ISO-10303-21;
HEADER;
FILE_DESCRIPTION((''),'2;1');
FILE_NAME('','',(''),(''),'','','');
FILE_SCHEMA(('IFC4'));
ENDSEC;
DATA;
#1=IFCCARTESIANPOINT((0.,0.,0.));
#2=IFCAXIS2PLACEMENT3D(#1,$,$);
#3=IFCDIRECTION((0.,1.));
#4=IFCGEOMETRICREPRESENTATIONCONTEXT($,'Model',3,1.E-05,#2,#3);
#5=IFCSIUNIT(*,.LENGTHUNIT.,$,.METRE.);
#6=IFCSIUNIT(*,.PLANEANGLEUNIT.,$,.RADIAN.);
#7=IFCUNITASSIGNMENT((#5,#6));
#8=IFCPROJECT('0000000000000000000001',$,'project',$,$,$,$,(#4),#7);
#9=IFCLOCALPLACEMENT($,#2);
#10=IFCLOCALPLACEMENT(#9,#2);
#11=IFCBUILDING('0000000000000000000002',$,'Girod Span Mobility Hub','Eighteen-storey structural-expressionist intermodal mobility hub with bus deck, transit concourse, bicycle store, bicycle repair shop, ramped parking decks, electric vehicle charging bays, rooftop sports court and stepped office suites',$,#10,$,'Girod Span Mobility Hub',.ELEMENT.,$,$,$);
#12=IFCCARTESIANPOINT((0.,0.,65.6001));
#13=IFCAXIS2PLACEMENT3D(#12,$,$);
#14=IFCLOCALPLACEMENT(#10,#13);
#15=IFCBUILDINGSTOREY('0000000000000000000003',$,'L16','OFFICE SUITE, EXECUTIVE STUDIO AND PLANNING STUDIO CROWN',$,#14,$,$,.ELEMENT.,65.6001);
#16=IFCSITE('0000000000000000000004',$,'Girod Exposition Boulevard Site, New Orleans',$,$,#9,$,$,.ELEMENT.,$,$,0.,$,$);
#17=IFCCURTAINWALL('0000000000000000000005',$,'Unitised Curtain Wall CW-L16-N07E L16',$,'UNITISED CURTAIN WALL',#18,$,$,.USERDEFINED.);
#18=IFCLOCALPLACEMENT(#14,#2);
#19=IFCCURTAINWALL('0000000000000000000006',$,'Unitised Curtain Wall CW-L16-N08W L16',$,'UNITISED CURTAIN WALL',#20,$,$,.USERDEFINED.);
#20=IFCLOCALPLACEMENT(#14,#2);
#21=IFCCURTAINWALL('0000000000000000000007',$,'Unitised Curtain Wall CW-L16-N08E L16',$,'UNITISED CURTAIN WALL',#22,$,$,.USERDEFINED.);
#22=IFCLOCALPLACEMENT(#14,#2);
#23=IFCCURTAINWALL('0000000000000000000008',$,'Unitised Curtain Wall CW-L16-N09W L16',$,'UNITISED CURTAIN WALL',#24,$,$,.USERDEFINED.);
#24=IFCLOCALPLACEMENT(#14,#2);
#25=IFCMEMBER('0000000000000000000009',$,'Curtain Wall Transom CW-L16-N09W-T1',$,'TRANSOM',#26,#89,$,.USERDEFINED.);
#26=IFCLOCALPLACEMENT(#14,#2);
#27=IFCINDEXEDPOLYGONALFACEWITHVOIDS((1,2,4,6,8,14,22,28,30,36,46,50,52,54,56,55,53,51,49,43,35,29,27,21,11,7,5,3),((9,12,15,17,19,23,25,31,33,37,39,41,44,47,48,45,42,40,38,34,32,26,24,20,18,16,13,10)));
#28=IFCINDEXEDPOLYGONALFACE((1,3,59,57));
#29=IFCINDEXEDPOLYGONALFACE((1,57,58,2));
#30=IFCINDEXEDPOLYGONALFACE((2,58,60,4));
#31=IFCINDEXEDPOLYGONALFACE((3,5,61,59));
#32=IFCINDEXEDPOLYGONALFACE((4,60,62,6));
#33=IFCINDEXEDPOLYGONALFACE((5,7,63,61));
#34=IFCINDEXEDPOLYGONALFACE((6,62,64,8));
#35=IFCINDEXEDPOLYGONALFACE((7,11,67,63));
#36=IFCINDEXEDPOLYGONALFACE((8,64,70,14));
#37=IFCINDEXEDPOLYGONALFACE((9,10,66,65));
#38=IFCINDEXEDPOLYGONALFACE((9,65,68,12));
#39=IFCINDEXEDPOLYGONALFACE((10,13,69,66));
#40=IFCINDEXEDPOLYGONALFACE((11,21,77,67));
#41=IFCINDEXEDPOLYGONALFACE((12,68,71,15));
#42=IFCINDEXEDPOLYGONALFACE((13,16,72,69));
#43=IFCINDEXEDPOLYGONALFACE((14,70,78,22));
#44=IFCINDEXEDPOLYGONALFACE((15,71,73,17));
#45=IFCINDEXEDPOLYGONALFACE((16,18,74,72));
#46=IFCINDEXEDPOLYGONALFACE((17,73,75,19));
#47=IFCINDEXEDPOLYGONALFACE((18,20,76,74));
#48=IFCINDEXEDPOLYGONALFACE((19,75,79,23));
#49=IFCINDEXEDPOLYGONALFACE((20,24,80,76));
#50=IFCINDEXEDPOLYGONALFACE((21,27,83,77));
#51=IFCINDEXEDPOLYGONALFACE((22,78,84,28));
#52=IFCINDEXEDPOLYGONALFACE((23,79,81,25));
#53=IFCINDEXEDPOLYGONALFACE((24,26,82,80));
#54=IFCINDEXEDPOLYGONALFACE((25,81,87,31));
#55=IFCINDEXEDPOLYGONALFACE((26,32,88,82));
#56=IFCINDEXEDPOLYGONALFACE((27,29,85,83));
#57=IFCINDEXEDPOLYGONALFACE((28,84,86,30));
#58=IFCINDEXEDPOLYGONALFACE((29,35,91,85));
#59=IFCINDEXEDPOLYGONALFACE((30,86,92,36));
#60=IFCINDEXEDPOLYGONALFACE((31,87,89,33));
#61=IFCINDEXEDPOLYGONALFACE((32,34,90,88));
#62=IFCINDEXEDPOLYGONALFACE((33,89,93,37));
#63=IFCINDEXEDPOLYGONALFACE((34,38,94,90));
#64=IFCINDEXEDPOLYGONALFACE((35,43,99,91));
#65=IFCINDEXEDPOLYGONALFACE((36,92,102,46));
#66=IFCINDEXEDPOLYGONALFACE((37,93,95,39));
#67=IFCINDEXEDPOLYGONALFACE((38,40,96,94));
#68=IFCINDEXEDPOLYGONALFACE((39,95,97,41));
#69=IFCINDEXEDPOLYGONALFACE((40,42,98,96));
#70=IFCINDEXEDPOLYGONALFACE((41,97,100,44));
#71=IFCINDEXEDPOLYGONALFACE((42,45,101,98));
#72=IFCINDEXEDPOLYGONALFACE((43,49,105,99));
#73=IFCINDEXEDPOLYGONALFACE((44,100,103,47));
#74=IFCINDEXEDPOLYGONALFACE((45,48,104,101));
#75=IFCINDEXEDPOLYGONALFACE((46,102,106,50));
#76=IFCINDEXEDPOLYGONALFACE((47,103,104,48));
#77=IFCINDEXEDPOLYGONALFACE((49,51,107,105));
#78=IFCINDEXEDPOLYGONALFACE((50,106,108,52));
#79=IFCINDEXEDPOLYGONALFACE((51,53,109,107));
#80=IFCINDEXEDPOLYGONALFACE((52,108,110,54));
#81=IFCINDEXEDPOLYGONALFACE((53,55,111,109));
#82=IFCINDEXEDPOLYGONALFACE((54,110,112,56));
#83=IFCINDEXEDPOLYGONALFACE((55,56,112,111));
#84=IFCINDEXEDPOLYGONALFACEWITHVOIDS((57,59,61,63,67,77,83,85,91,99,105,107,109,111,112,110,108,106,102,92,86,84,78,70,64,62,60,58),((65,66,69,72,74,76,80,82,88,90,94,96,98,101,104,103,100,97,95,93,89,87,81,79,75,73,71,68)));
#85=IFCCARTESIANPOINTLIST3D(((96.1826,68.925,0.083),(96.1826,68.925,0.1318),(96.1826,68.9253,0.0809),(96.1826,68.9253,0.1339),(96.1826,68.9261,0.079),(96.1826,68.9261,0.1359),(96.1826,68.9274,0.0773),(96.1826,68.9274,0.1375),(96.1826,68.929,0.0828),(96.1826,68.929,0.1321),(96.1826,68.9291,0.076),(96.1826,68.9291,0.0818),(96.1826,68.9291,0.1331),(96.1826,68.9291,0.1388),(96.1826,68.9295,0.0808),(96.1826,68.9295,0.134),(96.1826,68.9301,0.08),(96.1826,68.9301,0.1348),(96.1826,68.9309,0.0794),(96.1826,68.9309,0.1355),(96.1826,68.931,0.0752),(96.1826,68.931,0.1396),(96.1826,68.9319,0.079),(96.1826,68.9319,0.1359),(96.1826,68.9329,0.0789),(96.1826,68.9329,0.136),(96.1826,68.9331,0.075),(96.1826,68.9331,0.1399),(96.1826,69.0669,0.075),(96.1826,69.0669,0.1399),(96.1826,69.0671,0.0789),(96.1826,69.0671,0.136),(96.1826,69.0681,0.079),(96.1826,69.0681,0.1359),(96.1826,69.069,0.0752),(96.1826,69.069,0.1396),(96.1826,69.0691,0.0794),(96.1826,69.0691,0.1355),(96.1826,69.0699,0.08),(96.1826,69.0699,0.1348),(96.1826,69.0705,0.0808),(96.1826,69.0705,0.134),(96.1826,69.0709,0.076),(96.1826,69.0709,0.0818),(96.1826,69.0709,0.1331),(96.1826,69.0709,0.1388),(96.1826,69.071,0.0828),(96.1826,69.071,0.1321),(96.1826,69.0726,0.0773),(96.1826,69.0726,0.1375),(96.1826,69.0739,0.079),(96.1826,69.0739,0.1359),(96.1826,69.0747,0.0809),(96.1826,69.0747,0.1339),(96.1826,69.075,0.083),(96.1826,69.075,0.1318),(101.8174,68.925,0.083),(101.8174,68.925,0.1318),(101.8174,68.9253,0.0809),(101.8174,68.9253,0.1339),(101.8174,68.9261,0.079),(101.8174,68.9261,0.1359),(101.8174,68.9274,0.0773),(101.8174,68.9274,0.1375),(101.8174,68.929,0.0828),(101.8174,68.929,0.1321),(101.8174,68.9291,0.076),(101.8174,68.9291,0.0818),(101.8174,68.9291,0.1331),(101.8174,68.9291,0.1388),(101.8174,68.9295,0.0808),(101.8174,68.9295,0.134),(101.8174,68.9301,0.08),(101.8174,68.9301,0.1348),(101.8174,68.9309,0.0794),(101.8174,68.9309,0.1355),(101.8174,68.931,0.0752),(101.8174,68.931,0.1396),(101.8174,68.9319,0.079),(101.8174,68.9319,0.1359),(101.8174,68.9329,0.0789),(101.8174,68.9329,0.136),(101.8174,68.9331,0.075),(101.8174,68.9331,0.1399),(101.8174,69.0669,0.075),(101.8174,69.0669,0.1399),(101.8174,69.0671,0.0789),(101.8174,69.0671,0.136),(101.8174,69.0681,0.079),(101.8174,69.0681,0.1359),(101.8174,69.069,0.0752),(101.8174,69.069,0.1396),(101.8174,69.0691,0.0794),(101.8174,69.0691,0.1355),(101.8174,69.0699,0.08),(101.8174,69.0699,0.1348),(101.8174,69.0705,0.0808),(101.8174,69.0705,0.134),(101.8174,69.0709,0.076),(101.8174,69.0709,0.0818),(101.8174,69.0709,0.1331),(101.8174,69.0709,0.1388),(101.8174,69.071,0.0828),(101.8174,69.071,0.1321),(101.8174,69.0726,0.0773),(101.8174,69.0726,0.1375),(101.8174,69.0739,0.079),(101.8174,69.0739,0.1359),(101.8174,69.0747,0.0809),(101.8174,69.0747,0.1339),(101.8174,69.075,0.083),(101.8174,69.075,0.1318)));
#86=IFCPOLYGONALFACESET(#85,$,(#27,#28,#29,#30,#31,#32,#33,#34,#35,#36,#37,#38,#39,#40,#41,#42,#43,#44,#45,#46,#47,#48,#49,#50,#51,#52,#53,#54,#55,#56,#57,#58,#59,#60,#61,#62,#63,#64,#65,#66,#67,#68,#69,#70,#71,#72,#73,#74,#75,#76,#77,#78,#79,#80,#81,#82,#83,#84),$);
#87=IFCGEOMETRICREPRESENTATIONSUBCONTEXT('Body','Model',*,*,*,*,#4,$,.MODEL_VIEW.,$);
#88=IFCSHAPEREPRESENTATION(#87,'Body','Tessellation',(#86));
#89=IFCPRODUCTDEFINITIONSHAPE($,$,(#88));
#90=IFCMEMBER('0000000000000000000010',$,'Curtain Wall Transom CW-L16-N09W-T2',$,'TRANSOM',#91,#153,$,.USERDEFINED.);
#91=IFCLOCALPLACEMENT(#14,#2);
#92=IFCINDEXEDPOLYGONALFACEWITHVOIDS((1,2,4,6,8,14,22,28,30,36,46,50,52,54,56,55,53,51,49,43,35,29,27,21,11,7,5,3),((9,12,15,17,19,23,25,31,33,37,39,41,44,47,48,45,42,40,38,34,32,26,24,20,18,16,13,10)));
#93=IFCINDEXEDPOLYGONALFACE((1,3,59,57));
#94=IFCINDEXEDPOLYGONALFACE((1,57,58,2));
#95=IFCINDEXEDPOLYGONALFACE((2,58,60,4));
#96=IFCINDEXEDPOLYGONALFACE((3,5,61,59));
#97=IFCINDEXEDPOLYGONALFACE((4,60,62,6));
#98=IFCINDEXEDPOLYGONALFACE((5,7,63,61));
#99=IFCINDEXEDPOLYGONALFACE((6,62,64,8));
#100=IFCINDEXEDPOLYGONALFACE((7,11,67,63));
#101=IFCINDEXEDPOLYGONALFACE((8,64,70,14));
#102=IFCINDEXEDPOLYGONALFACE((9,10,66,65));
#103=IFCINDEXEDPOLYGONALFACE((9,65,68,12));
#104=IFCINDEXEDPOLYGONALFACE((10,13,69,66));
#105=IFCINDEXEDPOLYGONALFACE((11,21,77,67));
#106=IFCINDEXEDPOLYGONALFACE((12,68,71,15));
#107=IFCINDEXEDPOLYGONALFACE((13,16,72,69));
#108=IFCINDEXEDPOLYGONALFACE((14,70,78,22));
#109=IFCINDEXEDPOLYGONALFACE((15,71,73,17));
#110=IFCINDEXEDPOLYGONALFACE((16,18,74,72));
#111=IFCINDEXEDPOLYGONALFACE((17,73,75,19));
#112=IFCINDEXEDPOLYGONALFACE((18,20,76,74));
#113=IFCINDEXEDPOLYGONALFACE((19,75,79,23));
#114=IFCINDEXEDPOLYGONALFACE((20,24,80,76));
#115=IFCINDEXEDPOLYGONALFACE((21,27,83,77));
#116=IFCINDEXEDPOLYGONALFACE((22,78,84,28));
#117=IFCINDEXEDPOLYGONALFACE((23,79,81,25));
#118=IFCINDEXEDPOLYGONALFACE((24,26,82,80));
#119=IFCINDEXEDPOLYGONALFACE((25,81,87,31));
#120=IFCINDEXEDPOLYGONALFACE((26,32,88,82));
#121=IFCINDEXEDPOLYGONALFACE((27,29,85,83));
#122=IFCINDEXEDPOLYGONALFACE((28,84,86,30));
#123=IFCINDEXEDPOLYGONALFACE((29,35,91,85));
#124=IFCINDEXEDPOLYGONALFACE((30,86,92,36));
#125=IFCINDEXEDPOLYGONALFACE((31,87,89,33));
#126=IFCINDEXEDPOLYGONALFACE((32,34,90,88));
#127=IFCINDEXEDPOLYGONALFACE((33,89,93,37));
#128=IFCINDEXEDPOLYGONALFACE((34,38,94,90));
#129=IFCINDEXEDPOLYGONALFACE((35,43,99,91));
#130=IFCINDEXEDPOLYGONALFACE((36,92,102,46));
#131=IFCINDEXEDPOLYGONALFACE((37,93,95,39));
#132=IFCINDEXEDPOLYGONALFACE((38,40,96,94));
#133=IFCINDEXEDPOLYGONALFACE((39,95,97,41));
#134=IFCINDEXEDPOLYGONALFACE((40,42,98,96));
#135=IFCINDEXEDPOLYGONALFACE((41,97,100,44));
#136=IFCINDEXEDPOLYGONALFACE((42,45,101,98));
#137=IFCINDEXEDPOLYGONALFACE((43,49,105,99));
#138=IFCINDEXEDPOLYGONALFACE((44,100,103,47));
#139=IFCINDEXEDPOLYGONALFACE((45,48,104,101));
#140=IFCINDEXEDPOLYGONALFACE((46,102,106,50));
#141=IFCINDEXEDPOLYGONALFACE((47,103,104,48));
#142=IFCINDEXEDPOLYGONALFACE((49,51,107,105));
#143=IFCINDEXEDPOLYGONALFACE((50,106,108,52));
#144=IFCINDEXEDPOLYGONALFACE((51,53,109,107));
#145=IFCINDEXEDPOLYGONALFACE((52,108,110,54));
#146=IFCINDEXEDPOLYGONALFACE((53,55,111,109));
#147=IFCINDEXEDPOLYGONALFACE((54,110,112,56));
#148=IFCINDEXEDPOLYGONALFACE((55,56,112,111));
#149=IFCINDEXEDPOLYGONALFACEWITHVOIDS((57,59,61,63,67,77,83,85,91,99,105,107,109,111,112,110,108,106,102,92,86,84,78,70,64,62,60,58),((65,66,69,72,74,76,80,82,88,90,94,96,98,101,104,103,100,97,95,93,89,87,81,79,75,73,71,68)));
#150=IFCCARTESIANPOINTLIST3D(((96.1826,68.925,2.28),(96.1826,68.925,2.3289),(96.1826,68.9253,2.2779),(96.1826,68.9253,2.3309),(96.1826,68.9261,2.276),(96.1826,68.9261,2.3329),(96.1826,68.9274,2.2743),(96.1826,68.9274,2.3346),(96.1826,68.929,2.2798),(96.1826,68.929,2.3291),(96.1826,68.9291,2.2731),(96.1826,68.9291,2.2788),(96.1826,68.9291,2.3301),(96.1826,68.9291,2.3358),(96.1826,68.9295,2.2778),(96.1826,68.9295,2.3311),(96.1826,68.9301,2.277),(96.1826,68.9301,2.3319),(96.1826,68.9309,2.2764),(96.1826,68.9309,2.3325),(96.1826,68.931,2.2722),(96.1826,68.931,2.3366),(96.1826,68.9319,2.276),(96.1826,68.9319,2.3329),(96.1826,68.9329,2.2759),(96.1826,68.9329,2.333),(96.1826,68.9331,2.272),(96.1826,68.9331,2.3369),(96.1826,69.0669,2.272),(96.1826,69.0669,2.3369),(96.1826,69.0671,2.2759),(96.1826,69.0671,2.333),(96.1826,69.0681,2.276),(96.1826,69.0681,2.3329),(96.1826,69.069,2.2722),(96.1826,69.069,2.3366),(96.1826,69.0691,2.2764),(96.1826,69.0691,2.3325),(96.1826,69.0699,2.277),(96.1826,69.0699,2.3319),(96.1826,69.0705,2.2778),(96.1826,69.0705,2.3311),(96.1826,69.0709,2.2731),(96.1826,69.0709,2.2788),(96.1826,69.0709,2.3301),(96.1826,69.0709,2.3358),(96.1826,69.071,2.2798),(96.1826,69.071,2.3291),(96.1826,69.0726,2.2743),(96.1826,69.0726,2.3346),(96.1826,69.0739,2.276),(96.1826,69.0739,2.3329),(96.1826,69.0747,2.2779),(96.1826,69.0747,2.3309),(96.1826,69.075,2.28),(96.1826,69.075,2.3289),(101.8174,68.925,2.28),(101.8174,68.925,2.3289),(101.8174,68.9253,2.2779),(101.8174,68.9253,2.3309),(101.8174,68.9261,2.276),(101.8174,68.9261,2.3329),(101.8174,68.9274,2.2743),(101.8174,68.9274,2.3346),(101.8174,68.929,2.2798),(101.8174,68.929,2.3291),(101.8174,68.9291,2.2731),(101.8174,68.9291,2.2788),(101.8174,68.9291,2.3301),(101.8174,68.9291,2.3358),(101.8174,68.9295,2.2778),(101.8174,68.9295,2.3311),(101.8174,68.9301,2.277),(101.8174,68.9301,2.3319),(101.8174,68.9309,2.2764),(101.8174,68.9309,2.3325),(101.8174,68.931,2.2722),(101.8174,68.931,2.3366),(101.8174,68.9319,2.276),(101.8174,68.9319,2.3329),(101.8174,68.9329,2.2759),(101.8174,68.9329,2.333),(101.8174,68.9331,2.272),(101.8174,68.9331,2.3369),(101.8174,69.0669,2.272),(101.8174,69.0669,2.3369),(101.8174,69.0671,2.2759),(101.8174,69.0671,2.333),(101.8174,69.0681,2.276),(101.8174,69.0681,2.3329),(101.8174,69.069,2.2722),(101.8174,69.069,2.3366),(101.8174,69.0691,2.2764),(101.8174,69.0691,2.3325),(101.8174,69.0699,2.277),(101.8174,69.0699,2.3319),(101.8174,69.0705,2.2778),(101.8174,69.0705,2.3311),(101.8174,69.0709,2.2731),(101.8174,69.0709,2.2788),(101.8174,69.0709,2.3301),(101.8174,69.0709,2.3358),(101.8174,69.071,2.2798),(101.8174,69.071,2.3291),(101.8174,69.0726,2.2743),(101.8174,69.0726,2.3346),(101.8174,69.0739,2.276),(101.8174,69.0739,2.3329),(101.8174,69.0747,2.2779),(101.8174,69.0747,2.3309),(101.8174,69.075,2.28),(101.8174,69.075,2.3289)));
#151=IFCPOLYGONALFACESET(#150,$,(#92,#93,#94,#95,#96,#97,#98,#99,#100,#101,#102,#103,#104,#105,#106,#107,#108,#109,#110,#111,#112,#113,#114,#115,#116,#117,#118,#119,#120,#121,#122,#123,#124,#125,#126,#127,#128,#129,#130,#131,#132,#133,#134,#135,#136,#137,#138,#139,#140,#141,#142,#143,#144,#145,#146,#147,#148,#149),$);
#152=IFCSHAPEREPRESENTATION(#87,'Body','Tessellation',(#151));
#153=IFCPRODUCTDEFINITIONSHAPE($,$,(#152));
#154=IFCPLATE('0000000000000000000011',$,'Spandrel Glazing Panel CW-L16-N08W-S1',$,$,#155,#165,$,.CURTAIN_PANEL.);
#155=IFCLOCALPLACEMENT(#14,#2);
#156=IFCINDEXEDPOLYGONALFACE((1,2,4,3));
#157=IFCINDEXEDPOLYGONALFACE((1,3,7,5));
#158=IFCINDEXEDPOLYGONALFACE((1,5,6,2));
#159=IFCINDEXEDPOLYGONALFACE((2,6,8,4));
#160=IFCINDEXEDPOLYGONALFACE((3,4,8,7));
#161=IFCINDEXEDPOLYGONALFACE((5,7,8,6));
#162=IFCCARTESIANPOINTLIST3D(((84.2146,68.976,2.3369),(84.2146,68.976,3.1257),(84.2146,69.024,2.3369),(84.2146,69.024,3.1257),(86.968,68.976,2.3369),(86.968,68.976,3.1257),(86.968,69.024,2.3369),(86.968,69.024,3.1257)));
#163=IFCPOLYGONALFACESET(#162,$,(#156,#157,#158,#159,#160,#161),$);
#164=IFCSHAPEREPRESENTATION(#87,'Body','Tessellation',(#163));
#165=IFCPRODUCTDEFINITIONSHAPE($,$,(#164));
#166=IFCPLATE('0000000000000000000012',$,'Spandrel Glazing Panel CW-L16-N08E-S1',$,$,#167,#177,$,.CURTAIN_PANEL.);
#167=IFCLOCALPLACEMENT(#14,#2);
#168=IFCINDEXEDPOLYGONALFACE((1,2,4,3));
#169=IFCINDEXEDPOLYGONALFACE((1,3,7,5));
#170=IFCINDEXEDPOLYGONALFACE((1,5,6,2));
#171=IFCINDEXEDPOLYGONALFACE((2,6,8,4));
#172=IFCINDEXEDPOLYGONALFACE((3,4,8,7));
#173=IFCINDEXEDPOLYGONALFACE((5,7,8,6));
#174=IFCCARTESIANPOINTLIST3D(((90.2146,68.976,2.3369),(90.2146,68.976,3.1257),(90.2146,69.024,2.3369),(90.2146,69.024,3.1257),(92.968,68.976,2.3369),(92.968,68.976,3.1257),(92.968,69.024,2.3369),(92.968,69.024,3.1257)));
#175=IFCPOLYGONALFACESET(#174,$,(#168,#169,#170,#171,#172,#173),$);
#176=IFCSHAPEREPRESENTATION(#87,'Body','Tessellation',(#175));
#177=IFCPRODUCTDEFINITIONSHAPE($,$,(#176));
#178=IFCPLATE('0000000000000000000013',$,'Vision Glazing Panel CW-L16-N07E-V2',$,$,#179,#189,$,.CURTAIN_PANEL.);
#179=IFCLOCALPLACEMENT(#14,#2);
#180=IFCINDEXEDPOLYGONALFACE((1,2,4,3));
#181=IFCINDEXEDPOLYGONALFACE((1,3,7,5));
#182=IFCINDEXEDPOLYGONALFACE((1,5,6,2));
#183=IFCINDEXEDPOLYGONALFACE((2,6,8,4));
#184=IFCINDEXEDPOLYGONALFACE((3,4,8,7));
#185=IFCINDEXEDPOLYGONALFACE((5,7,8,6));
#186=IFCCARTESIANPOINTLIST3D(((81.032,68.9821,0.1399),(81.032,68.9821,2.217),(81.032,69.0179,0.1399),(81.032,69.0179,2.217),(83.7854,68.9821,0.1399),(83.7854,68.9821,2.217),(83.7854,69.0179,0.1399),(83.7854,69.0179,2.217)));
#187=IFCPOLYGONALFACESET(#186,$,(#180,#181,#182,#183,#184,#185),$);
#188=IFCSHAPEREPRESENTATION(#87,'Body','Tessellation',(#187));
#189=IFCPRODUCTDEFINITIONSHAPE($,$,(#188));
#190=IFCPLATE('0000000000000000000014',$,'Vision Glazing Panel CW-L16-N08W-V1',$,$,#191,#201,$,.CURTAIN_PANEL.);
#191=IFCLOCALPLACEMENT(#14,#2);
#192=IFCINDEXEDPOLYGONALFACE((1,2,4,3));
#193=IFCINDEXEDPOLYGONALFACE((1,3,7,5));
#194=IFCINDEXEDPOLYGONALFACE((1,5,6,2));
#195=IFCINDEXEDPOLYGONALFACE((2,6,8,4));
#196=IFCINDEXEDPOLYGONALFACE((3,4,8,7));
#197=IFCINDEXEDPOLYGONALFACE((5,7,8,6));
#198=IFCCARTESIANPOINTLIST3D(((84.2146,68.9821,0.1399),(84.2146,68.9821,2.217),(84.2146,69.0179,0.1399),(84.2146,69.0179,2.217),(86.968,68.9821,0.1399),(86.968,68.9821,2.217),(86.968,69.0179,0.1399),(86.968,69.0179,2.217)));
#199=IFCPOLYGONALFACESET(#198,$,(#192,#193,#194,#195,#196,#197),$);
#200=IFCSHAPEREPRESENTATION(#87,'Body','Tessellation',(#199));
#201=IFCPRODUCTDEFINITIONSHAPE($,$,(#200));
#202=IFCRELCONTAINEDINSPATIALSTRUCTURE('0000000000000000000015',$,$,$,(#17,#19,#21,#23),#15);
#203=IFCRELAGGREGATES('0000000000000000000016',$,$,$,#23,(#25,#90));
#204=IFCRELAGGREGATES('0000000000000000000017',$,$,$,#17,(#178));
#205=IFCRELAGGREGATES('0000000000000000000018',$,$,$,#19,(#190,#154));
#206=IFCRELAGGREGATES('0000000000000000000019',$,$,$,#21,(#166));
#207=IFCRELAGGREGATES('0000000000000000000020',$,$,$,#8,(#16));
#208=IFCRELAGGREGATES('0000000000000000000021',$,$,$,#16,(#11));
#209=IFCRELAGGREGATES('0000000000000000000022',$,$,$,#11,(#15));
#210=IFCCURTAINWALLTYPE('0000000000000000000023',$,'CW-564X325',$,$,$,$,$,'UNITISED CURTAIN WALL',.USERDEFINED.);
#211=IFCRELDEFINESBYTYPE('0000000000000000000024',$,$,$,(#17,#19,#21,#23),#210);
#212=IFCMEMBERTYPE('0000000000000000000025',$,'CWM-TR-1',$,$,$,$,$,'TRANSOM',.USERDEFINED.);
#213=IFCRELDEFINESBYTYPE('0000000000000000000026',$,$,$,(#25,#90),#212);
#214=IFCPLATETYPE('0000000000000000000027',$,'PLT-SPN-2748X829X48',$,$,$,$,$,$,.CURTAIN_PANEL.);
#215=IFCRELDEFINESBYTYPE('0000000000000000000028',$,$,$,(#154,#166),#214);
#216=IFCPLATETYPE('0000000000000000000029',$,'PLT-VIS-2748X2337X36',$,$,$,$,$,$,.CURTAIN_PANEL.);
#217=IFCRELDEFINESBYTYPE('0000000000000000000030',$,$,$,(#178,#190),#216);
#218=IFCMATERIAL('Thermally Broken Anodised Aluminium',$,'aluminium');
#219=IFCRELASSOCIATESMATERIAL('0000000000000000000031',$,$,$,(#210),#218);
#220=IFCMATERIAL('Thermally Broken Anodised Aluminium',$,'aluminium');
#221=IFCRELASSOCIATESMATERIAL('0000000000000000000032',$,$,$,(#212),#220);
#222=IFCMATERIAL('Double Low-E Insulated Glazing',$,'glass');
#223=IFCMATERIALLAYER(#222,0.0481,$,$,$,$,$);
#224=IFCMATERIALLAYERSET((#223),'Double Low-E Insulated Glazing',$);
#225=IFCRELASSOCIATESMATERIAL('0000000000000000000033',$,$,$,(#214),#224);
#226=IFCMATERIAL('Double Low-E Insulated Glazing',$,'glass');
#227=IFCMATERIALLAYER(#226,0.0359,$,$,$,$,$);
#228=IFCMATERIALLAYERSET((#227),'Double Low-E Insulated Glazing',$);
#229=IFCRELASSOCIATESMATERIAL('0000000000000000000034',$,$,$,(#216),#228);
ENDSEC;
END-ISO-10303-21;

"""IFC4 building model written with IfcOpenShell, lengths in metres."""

from ifc_helpers import new_model, si_unit, direction, frame, origin, origin_2d, place, context, subcontext, project, spatial, rectangle, hollow_rectangle, extrude, material, layer, layer_set, material_profile, profile_set, type_object, element, aggregate, save


model = new_model("IFC4")

# Units and contexts
model_context = context("Model", 3, precision=1e-05, world=origin(), true_north=direction((0.0, 1.0)))
body_context = subcontext(model_context, "Body", "Model", "MODEL_VIEW")
ifc_project = project(units=[si_unit("LENGTHUNIT", "METRE"), si_unit("PLANEANGLEUNIT", "RADIAN")], contexts=[model_context])

# Site, building, storey
site_placement = place(None, origin())
site = spatial("IfcSite", under=ifc_project, at=site_placement, Name="Girod Exposition Boulevard Site, New Orleans", CompositionType="ELEMENT", RefElevation=0.0)
building_placement = place(site_placement, origin())
building = spatial("IfcBuilding", under=site, at=building_placement, Name="Girod Span Mobility Hub", Description="Eighteen-storey structural-expressionist intermodal mobility hub with bus deck, transit concourse, bicycle store, bicycle repair shop, ramped parking decks, electric vehicle charging bays, rooftop sports court and stepped office suites", LongName="Girod Span Mobility Hub", CompositionType="ELEMENT")
storey_placement = place(building_placement, frame((0.0, 0.0, 65.6001)))
storey = spatial("IfcBuildingStorey", under=building, at=storey_placement, Name="L16", Description="OFFICE SUITE, EXECUTIVE STUDIO AND PLANNING STUDIO CROWN", CompositionType="ELEMENT", Elevation=65.6001)

# Curtain walls
ifc_material_1 = material(Name="Thermally Broken Anodised Aluminium", Category="aluminium")
curtain_wall_type = type_object("IfcCurtainWallType", Name="CW-564X325", ElementType="UNITISED CURTAIN WALL", PredefinedType="USERDEFINED", material=ifc_material_1)
curtain_wall_1_placement = place(storey_placement, origin())
curtain_wall_1 = element("IfcCurtainWall", 1, at=curtain_wall_1_placement, inside=storey, type_object=curtain_wall_type, Name="Unitised Curtain Wall CW-L16-N07E L16", ObjectType="UNITISED CURTAIN WALL", PredefinedType="USERDEFINED")
curtain_wall_2_placement = place(storey_placement, origin())
curtain_wall_2 = element("IfcCurtainWall", 2, at=curtain_wall_2_placement, inside=storey, type_object=curtain_wall_type, Name="Unitised Curtain Wall CW-L16-N08W L16", ObjectType="UNITISED CURTAIN WALL", PredefinedType="USERDEFINED")
curtain_wall_3_placement = place(storey_placement, origin())
curtain_wall_3 = element("IfcCurtainWall", 3, at=curtain_wall_3_placement, inside=storey, type_object=curtain_wall_type, Name="Unitised Curtain Wall CW-L16-N08E L16", ObjectType="UNITISED CURTAIN WALL", PredefinedType="USERDEFINED")

# Shared definitions
ifc_material_2 = material(Name="Thermally Broken Anodised Aluminium", Category="aluminium")
ifc_material_profile_1 = material_profile(ifc_material_2, hollow_rectangle(XDim=0.1499, YDim=0.0649, WallThickness=0.0039, InnerFilletRadius=0.0039, OuterFilletRadius=0.0081, at=origin_2d()), Name="CW-TR-65X150")
ifc_profile_set_1 = profile_set([ifc_material_profile_1], Name="Thermally Broken Anodised Aluminium")
member_type_1 = type_object("IfcMemberType", Name="CWM-TR-1", ElementType="TRANSOM", PredefinedType="USERDEFINED", material=ifc_profile_set_1)

# Curtain wall, members
curtain_wall_4_placement = place(storey_placement, origin())
curtain_wall_4 = element("IfcCurtainWall", 4, at=curtain_wall_4_placement, inside=storey, type_object=curtain_wall_type, Name="Unitised Curtain Wall CW-L16-N09W L16", ObjectType="UNITISED CURTAIN WALL", PredefinedType="USERDEFINED")
member_1_placement = place(storey_placement, frame((96.1826, 69.0, 0.1074), z_axis=(1.0, 0.0, 0.0), x_axis=(0.0, 1.0, 0.0)))
member_1 = element("IfcMember", 5, at=member_1_placement, type_object=member_type_1, Name="Curtain Wall Transom CW-L16-N09W-T1", ObjectType="TRANSOM", PredefinedType="USERDEFINED", context=body_context, shape_type="SweptSolid", body=[
    extrude(hollow_rectangle(XDim=0.1499, YDim=0.0649, WallThickness=0.0039, InnerFilletRadius=0.0039, OuterFilletRadius=0.0081, at=origin_2d()), origin(), (0.0, 0.0, 1.0), 5.6348),
])
member_2_placement = place(storey_placement, frame((96.1826, 69.0, 2.3044), z_axis=(1.0, 0.0, 0.0), x_axis=(0.0, 1.0, 0.0)))
member_2 = element("IfcMember", 6, at=member_2_placement, type_object=member_type_1, Name="Curtain Wall Transom CW-L16-N09W-T2", ObjectType="TRANSOM", PredefinedType="USERDEFINED", context=body_context, shape_type="SweptSolid", body=[
    extrude(hollow_rectangle(XDim=0.1499, YDim=0.0649, WallThickness=0.0039, InnerFilletRadius=0.0039, OuterFilletRadius=0.0081, at=origin_2d()), origin(), (0.0, 0.0, 1.0), 5.6348),
])
aggregate(curtain_wall_4, [member_1, member_2])

# Plates
ifc_material_3 = material(Name="Double Low-E Insulated Glazing", Category="glass")
ifc_layer_1 = layer(ifc_material_3, 0.0481)
ifc_layer_set_1 = layer_set([ifc_layer_1], Name="Double Low-E Insulated Glazing")
plate_type_1 = type_object("IfcPlateType", Name="PLT-SPN-2748X829X48", PredefinedType="CURTAIN_PANEL", material=ifc_layer_set_1)
plate_1_placement = place(storey_placement, frame((85.5913, 69.0, 2.3369), z_axis=(0.0, 0.0, 1.0), x_axis=(1.0, 0.0, 0.0)))
plate_1 = element("IfcPlate", 7, at=plate_1_placement, type_object=plate_type_1, Name="Spandrel Glazing Panel CW-L16-N08W-S1", PredefinedType="CURTAIN_PANEL", context=body_context, shape_type="SweptSolid", body=[
    extrude(rectangle(XDim=2.7534, YDim=0.0481, at=origin_2d()), origin(), (0.0, 0.0, 1.0), 0.7888),
])
plate_2_placement = place(storey_placement, frame((91.5913, 69.0, 2.3369), z_axis=(0.0, 0.0, 1.0), x_axis=(1.0, 0.0, 0.0)))
plate_2 = element("IfcPlate", 8, at=plate_2_placement, type_object=plate_type_1, Name="Spandrel Glazing Panel CW-L16-N08E-S1", PredefinedType="CURTAIN_PANEL", context=body_context, shape_type="SweptSolid", body=[
    extrude(rectangle(XDim=2.7534, YDim=0.0481, at=origin_2d()), origin(), (0.0, 0.0, 1.0), 0.7888),
])
ifc_material_4 = material(Name="Double Low-E Insulated Glazing", Category="glass")
ifc_layer_2 = layer(ifc_material_4, 0.0359)
ifc_layer_set_2 = layer_set([ifc_layer_2], Name="Double Low-E Insulated Glazing")
plate_type_2 = type_object("IfcPlateType", Name="PLT-VIS-2748X2337X36", PredefinedType="CURTAIN_PANEL", material=ifc_layer_set_2)
plate_3_placement = place(storey_placement, frame((82.4087, 69.0, 0.1399), z_axis=(0.0, 0.0, 1.0), x_axis=(1.0, 0.0, 0.0)))
plate_3 = element("IfcPlate", 9, at=plate_3_placement, type_object=plate_type_2, Name="Vision Glazing Panel CW-L16-N07E-V2", PredefinedType="CURTAIN_PANEL", context=body_context, shape_type="SweptSolid", body=[
    extrude(rectangle(XDim=2.7534, YDim=0.0359, at=origin_2d()), origin(), (0.0, 0.0, 1.0), 2.0771),
])
aggregate(curtain_wall_1, [plate_3])
plate_4_placement = place(storey_placement, frame((85.5913, 69.0, 0.1399), z_axis=(0.0, 0.0, 1.0), x_axis=(1.0, 0.0, 0.0)))
plate_4 = element("IfcPlate", 10, at=plate_4_placement, type_object=plate_type_2, Name="Vision Glazing Panel CW-L16-N08W-V1", PredefinedType="CURTAIN_PANEL", context=body_context, shape_type="SweptSolid", body=[
    extrude(rectangle(XDim=2.7534, YDim=0.0359, at=origin_2d()), origin(), (0.0, 0.0, 1.0), 2.0771),
])
aggregate(curtain_wall_2, [plate_4, plate_1])
aggregate(curtain_wall_3, [plate_2])

save(model, "model.ifc")
